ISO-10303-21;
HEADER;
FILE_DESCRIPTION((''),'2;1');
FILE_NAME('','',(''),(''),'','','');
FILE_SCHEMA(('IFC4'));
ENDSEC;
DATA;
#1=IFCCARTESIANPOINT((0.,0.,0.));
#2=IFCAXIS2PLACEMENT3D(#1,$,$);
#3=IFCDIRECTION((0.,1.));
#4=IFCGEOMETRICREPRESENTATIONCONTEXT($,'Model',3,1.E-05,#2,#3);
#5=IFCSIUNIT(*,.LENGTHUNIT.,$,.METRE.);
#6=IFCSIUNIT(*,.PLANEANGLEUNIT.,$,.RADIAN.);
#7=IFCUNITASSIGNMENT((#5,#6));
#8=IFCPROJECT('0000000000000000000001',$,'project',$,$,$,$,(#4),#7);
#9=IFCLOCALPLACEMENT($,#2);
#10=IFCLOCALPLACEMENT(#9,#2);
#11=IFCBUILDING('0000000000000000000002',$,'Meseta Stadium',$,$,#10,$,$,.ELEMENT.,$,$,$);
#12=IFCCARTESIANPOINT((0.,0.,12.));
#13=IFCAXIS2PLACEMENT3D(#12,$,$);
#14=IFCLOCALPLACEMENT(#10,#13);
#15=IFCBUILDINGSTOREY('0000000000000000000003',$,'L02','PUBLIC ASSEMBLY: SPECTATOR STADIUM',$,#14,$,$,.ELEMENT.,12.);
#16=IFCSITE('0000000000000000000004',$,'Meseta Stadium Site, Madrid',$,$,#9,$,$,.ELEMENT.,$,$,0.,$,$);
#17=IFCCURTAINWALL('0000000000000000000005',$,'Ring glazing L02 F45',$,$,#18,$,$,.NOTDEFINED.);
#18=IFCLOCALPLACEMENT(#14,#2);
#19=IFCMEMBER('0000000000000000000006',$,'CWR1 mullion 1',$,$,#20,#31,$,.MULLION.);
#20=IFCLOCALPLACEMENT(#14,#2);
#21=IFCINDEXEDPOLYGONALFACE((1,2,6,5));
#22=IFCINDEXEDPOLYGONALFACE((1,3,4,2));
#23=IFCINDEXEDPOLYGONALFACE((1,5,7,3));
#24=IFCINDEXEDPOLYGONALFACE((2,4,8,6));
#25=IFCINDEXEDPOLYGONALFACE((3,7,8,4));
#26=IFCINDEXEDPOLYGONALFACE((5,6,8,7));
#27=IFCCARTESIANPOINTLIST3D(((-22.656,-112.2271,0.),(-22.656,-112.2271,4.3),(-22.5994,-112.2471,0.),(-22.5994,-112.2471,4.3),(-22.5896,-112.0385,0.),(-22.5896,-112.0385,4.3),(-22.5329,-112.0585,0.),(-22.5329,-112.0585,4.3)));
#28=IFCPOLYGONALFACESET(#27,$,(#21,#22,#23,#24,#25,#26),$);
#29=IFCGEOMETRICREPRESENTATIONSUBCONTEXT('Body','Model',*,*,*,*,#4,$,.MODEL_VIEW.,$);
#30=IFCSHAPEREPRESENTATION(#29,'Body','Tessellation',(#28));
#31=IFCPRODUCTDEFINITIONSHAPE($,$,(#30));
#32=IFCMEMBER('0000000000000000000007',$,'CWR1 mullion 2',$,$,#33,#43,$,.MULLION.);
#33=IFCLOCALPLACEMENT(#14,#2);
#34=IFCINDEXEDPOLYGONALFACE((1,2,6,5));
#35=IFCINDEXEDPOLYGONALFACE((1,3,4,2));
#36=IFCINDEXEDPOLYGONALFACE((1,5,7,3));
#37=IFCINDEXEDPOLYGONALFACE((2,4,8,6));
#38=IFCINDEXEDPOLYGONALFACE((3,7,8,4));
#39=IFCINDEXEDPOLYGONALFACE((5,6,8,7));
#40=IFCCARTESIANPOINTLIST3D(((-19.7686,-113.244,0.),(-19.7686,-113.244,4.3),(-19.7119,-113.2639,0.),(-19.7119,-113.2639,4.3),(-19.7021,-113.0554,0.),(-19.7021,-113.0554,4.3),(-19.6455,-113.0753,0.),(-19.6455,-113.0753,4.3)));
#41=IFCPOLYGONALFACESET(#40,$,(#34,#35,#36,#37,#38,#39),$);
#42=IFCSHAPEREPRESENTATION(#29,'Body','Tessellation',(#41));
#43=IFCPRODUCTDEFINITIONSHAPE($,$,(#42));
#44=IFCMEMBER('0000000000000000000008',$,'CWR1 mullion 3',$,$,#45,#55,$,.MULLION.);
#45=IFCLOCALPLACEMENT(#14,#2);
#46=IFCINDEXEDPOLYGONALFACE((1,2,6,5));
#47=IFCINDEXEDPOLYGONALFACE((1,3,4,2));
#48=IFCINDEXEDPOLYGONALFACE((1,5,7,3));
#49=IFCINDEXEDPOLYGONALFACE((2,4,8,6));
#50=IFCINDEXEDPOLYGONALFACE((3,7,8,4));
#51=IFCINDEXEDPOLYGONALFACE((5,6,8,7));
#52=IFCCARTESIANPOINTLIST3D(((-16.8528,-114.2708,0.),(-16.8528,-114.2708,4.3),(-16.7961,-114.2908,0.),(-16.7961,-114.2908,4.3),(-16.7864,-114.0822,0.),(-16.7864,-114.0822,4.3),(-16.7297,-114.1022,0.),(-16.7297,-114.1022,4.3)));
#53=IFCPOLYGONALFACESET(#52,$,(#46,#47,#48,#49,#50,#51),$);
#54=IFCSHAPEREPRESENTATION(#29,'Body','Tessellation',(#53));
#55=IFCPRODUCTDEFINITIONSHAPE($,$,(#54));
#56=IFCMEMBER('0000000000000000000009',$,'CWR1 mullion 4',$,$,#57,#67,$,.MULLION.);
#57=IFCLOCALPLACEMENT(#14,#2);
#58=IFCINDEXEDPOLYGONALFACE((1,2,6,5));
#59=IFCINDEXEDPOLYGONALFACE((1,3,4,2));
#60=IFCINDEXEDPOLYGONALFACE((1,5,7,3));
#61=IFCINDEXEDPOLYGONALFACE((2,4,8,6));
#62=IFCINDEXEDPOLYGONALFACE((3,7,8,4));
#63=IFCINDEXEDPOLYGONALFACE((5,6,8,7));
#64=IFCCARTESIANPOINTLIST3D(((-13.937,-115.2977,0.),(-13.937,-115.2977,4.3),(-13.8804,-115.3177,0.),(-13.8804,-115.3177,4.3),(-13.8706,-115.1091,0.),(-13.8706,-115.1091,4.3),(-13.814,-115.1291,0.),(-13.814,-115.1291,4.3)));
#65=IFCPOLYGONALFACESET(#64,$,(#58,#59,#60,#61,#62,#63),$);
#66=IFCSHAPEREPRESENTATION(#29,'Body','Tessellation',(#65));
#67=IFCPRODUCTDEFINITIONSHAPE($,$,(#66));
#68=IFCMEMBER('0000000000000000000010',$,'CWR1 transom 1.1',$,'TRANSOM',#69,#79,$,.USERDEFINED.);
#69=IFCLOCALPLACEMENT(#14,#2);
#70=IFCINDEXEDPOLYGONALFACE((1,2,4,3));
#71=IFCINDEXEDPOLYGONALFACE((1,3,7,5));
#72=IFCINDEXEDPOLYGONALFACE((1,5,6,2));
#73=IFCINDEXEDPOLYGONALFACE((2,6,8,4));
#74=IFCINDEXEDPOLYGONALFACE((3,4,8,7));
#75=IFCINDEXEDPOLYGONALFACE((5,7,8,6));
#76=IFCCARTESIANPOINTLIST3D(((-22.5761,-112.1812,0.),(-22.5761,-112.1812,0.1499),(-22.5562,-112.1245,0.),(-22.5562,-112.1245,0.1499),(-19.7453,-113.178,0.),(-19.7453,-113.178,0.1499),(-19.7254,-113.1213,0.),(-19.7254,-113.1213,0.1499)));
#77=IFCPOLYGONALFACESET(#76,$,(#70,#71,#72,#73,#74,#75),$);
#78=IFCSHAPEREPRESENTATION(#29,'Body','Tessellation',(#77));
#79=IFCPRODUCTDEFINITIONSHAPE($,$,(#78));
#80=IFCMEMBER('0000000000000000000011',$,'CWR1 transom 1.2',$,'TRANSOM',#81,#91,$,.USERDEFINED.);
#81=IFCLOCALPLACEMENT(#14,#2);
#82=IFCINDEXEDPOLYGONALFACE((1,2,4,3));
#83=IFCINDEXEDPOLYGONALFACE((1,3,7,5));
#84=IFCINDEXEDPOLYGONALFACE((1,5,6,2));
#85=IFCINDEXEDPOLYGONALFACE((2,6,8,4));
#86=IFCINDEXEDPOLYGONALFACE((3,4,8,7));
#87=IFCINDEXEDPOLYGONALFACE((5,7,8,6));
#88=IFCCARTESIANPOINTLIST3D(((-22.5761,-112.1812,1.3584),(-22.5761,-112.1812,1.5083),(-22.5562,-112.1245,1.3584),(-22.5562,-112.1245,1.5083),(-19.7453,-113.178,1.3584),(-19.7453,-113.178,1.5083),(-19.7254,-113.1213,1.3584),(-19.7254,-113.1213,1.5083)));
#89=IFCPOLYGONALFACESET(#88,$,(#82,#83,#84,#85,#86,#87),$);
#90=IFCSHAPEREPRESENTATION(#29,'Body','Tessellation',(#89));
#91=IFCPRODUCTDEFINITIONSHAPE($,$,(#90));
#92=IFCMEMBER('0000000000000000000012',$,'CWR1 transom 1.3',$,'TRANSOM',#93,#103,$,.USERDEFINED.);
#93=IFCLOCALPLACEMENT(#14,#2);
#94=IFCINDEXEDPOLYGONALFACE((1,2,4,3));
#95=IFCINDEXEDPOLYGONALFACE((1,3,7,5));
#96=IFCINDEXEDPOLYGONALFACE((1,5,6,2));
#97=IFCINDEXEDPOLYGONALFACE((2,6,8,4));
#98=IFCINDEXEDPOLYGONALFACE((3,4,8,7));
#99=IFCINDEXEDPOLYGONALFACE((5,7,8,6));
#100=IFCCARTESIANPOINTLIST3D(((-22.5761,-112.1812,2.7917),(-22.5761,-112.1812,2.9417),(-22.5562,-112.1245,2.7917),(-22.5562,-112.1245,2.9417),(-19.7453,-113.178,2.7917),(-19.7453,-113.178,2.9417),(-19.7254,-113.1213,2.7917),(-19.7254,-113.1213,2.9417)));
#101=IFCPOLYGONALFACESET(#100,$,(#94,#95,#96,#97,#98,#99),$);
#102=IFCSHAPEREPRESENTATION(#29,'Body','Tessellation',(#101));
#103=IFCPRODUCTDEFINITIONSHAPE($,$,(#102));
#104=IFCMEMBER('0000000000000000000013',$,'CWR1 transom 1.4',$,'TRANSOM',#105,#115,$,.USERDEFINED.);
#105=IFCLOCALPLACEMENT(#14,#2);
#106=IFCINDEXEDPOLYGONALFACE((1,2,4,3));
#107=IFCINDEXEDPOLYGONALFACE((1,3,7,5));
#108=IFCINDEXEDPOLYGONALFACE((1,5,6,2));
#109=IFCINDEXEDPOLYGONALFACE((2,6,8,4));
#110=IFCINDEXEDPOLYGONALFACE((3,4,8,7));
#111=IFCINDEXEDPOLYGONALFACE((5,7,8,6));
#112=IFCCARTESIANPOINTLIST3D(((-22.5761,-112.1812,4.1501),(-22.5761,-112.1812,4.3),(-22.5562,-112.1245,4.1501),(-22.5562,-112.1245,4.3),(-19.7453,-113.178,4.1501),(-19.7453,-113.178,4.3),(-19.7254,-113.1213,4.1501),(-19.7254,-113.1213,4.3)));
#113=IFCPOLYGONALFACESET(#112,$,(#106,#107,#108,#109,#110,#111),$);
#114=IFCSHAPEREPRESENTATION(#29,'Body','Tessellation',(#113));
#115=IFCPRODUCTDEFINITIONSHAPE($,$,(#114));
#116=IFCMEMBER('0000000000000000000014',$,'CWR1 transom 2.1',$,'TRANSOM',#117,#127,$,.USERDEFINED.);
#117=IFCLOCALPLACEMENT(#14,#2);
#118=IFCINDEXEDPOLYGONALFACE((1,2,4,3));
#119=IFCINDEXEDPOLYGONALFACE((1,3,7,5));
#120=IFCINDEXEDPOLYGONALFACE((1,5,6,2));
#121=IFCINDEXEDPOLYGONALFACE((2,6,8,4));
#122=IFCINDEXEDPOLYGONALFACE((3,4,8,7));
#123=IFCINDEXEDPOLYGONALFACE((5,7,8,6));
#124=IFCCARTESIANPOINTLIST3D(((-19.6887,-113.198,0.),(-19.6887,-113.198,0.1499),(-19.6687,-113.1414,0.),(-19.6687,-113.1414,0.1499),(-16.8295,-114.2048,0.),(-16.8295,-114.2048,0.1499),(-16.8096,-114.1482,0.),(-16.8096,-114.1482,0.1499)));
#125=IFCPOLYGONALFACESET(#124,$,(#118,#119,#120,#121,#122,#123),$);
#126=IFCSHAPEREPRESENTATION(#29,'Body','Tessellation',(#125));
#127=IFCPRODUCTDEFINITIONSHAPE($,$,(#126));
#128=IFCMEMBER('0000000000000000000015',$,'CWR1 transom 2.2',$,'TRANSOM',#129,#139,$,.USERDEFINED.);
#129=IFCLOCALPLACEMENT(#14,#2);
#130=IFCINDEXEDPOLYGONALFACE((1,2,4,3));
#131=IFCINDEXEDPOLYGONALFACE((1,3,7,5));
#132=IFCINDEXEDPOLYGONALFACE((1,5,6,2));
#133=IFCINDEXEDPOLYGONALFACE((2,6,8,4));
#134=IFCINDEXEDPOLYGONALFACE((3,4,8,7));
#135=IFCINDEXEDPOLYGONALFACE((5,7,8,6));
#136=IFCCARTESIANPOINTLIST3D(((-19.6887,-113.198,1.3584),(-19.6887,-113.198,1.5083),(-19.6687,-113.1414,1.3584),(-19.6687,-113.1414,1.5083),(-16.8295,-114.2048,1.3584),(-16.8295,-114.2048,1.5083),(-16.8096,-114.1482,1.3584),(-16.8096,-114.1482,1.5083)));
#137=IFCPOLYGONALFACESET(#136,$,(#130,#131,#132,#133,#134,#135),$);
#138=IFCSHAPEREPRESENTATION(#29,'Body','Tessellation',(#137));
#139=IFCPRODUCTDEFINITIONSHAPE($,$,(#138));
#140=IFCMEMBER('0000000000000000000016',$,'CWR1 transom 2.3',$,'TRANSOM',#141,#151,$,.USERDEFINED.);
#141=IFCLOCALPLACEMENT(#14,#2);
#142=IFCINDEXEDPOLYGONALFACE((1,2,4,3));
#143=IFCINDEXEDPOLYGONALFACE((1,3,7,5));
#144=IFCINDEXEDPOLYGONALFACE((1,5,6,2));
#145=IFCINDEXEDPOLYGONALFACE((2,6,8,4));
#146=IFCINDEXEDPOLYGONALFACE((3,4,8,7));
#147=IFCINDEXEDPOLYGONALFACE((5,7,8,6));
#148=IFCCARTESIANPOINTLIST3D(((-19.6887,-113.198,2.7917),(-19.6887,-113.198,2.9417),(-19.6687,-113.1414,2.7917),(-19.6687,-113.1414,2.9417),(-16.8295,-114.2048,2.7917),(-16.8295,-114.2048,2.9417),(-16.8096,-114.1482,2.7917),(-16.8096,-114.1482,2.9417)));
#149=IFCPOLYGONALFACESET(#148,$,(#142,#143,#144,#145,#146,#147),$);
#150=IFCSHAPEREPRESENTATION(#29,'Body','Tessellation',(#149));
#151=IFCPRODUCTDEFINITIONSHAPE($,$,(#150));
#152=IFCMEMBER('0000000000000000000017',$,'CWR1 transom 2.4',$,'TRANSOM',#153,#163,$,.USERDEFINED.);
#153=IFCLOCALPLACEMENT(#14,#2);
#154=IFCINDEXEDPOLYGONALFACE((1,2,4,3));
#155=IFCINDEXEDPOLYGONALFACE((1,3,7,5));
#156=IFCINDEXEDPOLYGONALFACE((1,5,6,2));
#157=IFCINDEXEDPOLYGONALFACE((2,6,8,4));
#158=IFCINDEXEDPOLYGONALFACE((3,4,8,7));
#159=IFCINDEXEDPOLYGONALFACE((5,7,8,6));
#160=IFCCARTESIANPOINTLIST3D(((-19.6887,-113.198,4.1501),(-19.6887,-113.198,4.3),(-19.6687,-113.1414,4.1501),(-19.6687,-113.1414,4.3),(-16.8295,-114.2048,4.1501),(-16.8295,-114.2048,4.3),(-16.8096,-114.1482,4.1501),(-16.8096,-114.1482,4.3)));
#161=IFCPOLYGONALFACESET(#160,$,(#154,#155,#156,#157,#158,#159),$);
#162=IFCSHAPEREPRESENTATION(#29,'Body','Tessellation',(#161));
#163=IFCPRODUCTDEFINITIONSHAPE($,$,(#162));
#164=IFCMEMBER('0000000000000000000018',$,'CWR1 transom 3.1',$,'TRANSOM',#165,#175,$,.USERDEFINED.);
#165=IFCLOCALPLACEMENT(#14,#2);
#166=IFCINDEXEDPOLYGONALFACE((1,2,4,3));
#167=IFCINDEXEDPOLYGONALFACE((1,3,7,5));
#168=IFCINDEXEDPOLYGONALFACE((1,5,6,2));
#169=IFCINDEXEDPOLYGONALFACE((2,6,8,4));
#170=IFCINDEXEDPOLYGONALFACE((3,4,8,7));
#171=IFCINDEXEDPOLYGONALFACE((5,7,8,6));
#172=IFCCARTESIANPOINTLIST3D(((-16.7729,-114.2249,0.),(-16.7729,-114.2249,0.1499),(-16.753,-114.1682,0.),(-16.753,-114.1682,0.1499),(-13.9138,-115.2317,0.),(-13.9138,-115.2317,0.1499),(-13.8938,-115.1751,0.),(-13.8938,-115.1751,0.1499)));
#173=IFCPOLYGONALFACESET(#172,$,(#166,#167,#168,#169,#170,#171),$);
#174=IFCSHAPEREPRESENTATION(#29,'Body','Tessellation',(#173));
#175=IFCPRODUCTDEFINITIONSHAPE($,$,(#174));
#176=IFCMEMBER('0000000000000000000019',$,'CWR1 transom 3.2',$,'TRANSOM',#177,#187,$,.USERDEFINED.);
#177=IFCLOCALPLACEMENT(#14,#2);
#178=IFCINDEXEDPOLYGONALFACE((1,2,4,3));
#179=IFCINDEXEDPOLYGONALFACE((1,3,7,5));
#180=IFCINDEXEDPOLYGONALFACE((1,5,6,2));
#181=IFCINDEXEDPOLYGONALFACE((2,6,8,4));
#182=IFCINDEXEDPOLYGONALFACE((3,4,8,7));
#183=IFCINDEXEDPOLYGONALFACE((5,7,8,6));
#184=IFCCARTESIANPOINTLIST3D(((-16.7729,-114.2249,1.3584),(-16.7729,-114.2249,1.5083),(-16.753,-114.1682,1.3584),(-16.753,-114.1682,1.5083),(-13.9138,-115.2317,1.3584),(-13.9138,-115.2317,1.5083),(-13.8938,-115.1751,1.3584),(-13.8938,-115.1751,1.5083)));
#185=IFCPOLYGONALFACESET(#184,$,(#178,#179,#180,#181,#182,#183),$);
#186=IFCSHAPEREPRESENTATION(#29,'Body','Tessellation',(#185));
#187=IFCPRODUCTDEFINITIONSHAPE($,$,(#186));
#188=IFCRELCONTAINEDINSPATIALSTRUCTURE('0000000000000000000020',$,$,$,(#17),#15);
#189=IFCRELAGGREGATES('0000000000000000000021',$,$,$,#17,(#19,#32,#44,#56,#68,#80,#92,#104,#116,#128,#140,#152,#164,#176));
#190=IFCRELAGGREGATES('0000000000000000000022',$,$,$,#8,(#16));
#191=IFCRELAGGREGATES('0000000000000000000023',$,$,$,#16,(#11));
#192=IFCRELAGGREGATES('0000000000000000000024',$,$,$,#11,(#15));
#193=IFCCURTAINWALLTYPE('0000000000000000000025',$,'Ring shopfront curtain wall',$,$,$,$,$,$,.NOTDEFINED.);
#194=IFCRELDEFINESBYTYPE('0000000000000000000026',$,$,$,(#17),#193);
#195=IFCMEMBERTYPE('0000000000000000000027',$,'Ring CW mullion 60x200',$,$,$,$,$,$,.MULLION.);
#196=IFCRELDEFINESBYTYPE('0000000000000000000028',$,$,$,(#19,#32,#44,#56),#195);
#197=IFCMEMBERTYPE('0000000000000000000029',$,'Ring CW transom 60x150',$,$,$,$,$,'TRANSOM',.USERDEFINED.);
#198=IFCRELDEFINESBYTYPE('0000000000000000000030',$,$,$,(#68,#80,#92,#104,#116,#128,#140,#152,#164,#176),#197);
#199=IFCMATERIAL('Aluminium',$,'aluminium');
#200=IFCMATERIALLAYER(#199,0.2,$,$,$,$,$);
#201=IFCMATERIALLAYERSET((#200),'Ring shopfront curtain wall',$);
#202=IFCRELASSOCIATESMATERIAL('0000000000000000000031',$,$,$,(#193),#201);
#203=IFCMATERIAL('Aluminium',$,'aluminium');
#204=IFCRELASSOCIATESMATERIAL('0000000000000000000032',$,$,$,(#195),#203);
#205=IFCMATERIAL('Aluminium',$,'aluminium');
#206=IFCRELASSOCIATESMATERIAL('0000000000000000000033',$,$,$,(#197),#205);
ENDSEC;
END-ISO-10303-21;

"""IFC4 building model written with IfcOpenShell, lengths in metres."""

from ifc_helpers import new_model, si_unit, direction, frame, origin, origin_2d, place, context, subcontext, project, spatial, rectangle, extrude, material, layer, layer_set, material_profile, profile_set, type_object, element, aggregate, save


model = new_model("IFC4")

# Units and contexts
model_context = context("Model", 3, precision=1e-05, world=origin(), true_north=direction((0.0, 1.0)))
body_context = subcontext(model_context, "Body", "Model", "MODEL_VIEW")
ifc_project = project(units=[si_unit("LENGTHUNIT", "METRE"), si_unit("PLANEANGLEUNIT", "RADIAN")], contexts=[model_context])

# Site, building, storey
site_placement = place(None, origin())
site = spatial("IfcSite", under=ifc_project, at=site_placement, Name="Meseta Stadium Site, Madrid", CompositionType="ELEMENT", RefElevation=0.0)
building_placement = place(site_placement, origin())
building = spatial("IfcBuilding", under=site, at=building_placement, Name="Meseta Stadium", CompositionType="ELEMENT")
storey_placement = place(building_placement, frame((0.0, 0.0, 12.0)))
storey = spatial("IfcBuildingStorey", under=building, at=storey_placement, Name="L02", Description="PUBLIC ASSEMBLY: SPECTATOR STADIUM", CompositionType="ELEMENT", Elevation=12.0)

# Curtain wall, members
ifc_material_1 = material(Name="Aluminium", Category="aluminium")
ifc_layer_1 = layer(ifc_material_1, 0.2)
ifc_layer_set_1 = layer_set([ifc_layer_1], Name="Ring shopfront curtain wall")
curtain_wall_type = type_object("IfcCurtainWallType", Name="Ring shopfront curtain wall", PredefinedType="NOTDEFINED", material=ifc_layer_set_1)
curtain_wall_placement = place(storey_placement, origin())
curtain_wall = element("IfcCurtainWall", 1, at=curtain_wall_placement, inside=storey, type_object=curtain_wall_type, Name="Ring glazing L02 F45", PredefinedType="NOTDEFINED")
ifc_material_2 = material(Name="Aluminium", Category="aluminium")
ifc_material_profile_1 = material_profile(ifc_material_2, rectangle(XDim=0.2, YDim=0.0601, at=origin_2d()), Name="CW 200x60")
ifc_profile_set_1 = profile_set([ifc_material_profile_1], Name="Aluminium")
member_type_1 = type_object("IfcMemberType", Name="Ring CW mullion 60x200", PredefinedType="MULLION", material=ifc_profile_set_1)
member_1_placement = place(storey_placement, frame((-22.5945, -112.1428, 0.0), z_axis=(0.0, 0.0, 1.0), x_axis=(0.332174, 0.943218, 0.0)))
member_1 = element("IfcMember", 2, at=member_1_placement, type_object=member_type_1, Name="CWR1 mullion 1", PredefinedType="MULLION", context=body_context, shape_type="SweptSolid", body=[
    extrude(rectangle(XDim=0.2, YDim=0.0601, at=origin_2d()), origin(), (0.0, 0.0, 1.0), 4.3),
])
member_2_placement = place(storey_placement, frame((-19.707, -113.1597, 0.0), z_axis=(0.0, 0.0, 1.0), x_axis=(0.332174, 0.943218, 0.0)))
member_2 = element("IfcMember", 3, at=member_2_placement, type_object=member_type_1, Name="CWR1 mullion 2", PredefinedType="MULLION", context=body_context, shape_type="SweptSolid", body=[
    extrude(rectangle(XDim=0.2, YDim=0.0601, at=origin_2d()), origin(), (0.0, 0.0, 1.0), 4.3),
])
member_3_placement = place(storey_placement, frame((-16.7913, -114.1865, 0.0), z_axis=(0.0, 0.0, 1.0), x_axis=(0.332174, 0.943218, 0.0)))
member_3 = element("IfcMember", 4, at=member_3_placement, type_object=member_type_1, Name="CWR1 mullion 3", PredefinedType="MULLION", context=body_context, shape_type="SweptSolid", body=[
    extrude(rectangle(XDim=0.2, YDim=0.0601, at=origin_2d()), origin(), (0.0, 0.0, 1.0), 4.3),
])
member_4_placement = place(storey_placement, frame((-13.8755, -115.2134, 0.0), z_axis=(0.0, 0.0, 1.0), x_axis=(0.332174, 0.943218, 0.0)))
member_4 = element("IfcMember", 5, at=member_4_placement, type_object=member_type_1, Name="CWR1 mullion 4", PredefinedType="MULLION", context=body_context, shape_type="SweptSolid", body=[
    extrude(rectangle(XDim=0.2, YDim=0.0601, at=origin_2d()), origin(), (0.0, 0.0, 1.0), 4.3),
])
ifc_material_3 = material(Name="Aluminium", Category="aluminium")
ifc_material_profile_2 = material_profile(ifc_material_3, rectangle(XDim=0.0601, YDim=0.1499, at=origin_2d()), Name="CW 60x150")
ifc_profile_set_2 = profile_set([ifc_material_profile_2], Name="Aluminium")
member_type_2 = type_object("IfcMemberType", Name="Ring CW transom 60x150", ElementType="TRANSOM", PredefinedType="USERDEFINED", material=ifc_profile_set_2)
member_5_placement = place(storey_placement, frame((-22.5662, -112.1528, 0.075), z_axis=(0.943229, -0.332143, 0.0), x_axis=(0.332143, 0.943229, 0.0)))
member_5 = element("IfcMember", 6, at=member_5_placement, type_object=member_type_2, Name="CWR1 transom 1.1", ObjectType="TRANSOM", PredefinedType="USERDEFINED", context=body_context, shape_type="SweptSolid", body=[
    extrude(rectangle(XDim=0.0601, YDim=0.1499, at=origin_2d()), origin(), (0.0, 0.0, 1.0), 3.0012),
])
member_6_placement = place(storey_placement, frame((-22.5662, -112.1528, 1.4333), z_axis=(0.943229, -0.332143, 0.0), x_axis=(0.332143, 0.943229, 0.0)))
member_6 = element("IfcMember", 7, at=member_6_placement, type_object=member_type_2, Name="CWR1 transom 1.2", ObjectType="TRANSOM", PredefinedType="USERDEFINED", context=body_context, shape_type="SweptSolid", body=[
    extrude(rectangle(XDim=0.0601, YDim=0.1499, at=origin_2d()), origin(), (0.0, 0.0, 1.0), 3.0012),
])
member_7_placement = place(storey_placement, frame((-22.5662, -112.1528, 2.8667), z_axis=(0.943229, -0.332143, 0.0), x_axis=(0.332143, 0.943229, 0.0)))
member_7 = element("IfcMember", 8, at=member_7_placement, type_object=member_type_2, Name="CWR1 transom 1.3", ObjectType="TRANSOM", PredefinedType="USERDEFINED", context=body_context, shape_type="SweptSolid", body=[
    extrude(rectangle(XDim=0.0601, YDim=0.1499, at=origin_2d()), origin(), (0.0, 0.0, 1.0), 3.0012),
])
member_8_placement = place(storey_placement, frame((-22.5662, -112.1528, 4.2251), z_axis=(0.943229, -0.332143, 0.0), x_axis=(0.332143, 0.943229, 0.0)))
member_8 = element("IfcMember", 9, at=member_8_placement, type_object=member_type_2, Name="CWR1 transom 1.4", ObjectType="TRANSOM", PredefinedType="USERDEFINED", context=body_context, shape_type="SweptSolid", body=[
    extrude(rectangle(XDim=0.0601, YDim=0.1499, at=origin_2d()), origin(), (0.0, 0.0, 1.0), 3.0012),
])
member_9_placement = place(storey_placement, frame((-19.6787, -113.1697, 0.075), z_axis=(0.943225, -0.332154, 0.0), x_axis=(0.332154, 0.943225, 0.0)))
member_9 = element("IfcMember", 10, at=member_9_placement, type_object=member_type_2, Name="CWR1 transom 2.1", ObjectType="TRANSOM", PredefinedType="USERDEFINED", context=body_context, shape_type="SweptSolid", body=[
    extrude(rectangle(XDim=0.0601, YDim=0.1499, at=origin_2d()), origin(), (0.0, 0.0, 1.0), 3.0312),
])
member_10_placement = place(storey_placement, frame((-19.6787, -113.1697, 1.4333), z_axis=(0.943225, -0.332154, 0.0), x_axis=(0.332154, 0.943225, 0.0)))
member_10 = element("IfcMember", 11, at=member_10_placement, type_object=member_type_2, Name="CWR1 transom 2.2", ObjectType="TRANSOM", PredefinedType="USERDEFINED", context=body_context, shape_type="SweptSolid", body=[
    extrude(rectangle(XDim=0.0601, YDim=0.1499, at=origin_2d()), origin(), (0.0, 0.0, 1.0), 3.0312),
])
member_11_placement = place(storey_placement, frame((-19.6787, -113.1697, 2.8667), z_axis=(0.943225, -0.332154, 0.0), x_axis=(0.332154, 0.943225, 0.0)))
member_11 = element("IfcMember", 12, at=member_11_placement, type_object=member_type_2, Name="CWR1 transom 2.3", ObjectType="TRANSOM", PredefinedType="USERDEFINED", context=body_context, shape_type="SweptSolid", body=[
    extrude(rectangle(XDim=0.0601, YDim=0.1499, at=origin_2d()), origin(), (0.0, 0.0, 1.0), 3.0312),
])
member_12_placement = place(storey_placement, frame((-19.6787, -113.1697, 4.2251), z_axis=(0.943225, -0.332154, 0.0), x_axis=(0.332154, 0.943225, 0.0)))
member_12 = element("IfcMember", 13, at=member_12_placement, type_object=member_type_2, Name="CWR1 transom 2.4", ObjectType="TRANSOM", PredefinedType="USERDEFINED", context=body_context, shape_type="SweptSolid", body=[
    extrude(rectangle(XDim=0.0601, YDim=0.1499, at=origin_2d()), origin(), (0.0, 0.0, 1.0), 3.0312),
])
member_13_placement = place(storey_placement, frame((-16.7629, -114.1965, 0.075), z_axis=(0.943225, -0.332154, 0.0), x_axis=(0.332154, 0.943225, 0.0)))
member_13 = element("IfcMember", 14, at=member_13_placement, type_object=member_type_2, Name="CWR1 transom 3.1", ObjectType="TRANSOM", PredefinedType="USERDEFINED", context=body_context, shape_type="SweptSolid", body=[
    extrude(rectangle(XDim=0.0601, YDim=0.1499, at=origin_2d()), origin(), (0.0, 0.0, 1.0), 3.0312),
])
member_14_placement = place(storey_placement, frame((-16.7629, -114.1965, 1.4333), z_axis=(0.943225, -0.332154, 0.0), x_axis=(0.332154, 0.943225, 0.0)))
member_14 = element("IfcMember", 15, at=member_14_placement, type_object=member_type_2, Name="CWR1 transom 3.2", ObjectType="TRANSOM", PredefinedType="USERDEFINED", context=body_context, shape_type="SweptSolid", body=[
    extrude(rectangle(XDim=0.0601, YDim=0.1499, at=origin_2d()), origin(), (0.0, 0.0, 1.0), 3.0312),
])
aggregate(curtain_wall, [member_1, member_2, member_3, member_4, member_5, member_6, member_7, member_8, member_9, member_10, member_11, member_12, member_13, member_14])

save(model, "model.ifc")
